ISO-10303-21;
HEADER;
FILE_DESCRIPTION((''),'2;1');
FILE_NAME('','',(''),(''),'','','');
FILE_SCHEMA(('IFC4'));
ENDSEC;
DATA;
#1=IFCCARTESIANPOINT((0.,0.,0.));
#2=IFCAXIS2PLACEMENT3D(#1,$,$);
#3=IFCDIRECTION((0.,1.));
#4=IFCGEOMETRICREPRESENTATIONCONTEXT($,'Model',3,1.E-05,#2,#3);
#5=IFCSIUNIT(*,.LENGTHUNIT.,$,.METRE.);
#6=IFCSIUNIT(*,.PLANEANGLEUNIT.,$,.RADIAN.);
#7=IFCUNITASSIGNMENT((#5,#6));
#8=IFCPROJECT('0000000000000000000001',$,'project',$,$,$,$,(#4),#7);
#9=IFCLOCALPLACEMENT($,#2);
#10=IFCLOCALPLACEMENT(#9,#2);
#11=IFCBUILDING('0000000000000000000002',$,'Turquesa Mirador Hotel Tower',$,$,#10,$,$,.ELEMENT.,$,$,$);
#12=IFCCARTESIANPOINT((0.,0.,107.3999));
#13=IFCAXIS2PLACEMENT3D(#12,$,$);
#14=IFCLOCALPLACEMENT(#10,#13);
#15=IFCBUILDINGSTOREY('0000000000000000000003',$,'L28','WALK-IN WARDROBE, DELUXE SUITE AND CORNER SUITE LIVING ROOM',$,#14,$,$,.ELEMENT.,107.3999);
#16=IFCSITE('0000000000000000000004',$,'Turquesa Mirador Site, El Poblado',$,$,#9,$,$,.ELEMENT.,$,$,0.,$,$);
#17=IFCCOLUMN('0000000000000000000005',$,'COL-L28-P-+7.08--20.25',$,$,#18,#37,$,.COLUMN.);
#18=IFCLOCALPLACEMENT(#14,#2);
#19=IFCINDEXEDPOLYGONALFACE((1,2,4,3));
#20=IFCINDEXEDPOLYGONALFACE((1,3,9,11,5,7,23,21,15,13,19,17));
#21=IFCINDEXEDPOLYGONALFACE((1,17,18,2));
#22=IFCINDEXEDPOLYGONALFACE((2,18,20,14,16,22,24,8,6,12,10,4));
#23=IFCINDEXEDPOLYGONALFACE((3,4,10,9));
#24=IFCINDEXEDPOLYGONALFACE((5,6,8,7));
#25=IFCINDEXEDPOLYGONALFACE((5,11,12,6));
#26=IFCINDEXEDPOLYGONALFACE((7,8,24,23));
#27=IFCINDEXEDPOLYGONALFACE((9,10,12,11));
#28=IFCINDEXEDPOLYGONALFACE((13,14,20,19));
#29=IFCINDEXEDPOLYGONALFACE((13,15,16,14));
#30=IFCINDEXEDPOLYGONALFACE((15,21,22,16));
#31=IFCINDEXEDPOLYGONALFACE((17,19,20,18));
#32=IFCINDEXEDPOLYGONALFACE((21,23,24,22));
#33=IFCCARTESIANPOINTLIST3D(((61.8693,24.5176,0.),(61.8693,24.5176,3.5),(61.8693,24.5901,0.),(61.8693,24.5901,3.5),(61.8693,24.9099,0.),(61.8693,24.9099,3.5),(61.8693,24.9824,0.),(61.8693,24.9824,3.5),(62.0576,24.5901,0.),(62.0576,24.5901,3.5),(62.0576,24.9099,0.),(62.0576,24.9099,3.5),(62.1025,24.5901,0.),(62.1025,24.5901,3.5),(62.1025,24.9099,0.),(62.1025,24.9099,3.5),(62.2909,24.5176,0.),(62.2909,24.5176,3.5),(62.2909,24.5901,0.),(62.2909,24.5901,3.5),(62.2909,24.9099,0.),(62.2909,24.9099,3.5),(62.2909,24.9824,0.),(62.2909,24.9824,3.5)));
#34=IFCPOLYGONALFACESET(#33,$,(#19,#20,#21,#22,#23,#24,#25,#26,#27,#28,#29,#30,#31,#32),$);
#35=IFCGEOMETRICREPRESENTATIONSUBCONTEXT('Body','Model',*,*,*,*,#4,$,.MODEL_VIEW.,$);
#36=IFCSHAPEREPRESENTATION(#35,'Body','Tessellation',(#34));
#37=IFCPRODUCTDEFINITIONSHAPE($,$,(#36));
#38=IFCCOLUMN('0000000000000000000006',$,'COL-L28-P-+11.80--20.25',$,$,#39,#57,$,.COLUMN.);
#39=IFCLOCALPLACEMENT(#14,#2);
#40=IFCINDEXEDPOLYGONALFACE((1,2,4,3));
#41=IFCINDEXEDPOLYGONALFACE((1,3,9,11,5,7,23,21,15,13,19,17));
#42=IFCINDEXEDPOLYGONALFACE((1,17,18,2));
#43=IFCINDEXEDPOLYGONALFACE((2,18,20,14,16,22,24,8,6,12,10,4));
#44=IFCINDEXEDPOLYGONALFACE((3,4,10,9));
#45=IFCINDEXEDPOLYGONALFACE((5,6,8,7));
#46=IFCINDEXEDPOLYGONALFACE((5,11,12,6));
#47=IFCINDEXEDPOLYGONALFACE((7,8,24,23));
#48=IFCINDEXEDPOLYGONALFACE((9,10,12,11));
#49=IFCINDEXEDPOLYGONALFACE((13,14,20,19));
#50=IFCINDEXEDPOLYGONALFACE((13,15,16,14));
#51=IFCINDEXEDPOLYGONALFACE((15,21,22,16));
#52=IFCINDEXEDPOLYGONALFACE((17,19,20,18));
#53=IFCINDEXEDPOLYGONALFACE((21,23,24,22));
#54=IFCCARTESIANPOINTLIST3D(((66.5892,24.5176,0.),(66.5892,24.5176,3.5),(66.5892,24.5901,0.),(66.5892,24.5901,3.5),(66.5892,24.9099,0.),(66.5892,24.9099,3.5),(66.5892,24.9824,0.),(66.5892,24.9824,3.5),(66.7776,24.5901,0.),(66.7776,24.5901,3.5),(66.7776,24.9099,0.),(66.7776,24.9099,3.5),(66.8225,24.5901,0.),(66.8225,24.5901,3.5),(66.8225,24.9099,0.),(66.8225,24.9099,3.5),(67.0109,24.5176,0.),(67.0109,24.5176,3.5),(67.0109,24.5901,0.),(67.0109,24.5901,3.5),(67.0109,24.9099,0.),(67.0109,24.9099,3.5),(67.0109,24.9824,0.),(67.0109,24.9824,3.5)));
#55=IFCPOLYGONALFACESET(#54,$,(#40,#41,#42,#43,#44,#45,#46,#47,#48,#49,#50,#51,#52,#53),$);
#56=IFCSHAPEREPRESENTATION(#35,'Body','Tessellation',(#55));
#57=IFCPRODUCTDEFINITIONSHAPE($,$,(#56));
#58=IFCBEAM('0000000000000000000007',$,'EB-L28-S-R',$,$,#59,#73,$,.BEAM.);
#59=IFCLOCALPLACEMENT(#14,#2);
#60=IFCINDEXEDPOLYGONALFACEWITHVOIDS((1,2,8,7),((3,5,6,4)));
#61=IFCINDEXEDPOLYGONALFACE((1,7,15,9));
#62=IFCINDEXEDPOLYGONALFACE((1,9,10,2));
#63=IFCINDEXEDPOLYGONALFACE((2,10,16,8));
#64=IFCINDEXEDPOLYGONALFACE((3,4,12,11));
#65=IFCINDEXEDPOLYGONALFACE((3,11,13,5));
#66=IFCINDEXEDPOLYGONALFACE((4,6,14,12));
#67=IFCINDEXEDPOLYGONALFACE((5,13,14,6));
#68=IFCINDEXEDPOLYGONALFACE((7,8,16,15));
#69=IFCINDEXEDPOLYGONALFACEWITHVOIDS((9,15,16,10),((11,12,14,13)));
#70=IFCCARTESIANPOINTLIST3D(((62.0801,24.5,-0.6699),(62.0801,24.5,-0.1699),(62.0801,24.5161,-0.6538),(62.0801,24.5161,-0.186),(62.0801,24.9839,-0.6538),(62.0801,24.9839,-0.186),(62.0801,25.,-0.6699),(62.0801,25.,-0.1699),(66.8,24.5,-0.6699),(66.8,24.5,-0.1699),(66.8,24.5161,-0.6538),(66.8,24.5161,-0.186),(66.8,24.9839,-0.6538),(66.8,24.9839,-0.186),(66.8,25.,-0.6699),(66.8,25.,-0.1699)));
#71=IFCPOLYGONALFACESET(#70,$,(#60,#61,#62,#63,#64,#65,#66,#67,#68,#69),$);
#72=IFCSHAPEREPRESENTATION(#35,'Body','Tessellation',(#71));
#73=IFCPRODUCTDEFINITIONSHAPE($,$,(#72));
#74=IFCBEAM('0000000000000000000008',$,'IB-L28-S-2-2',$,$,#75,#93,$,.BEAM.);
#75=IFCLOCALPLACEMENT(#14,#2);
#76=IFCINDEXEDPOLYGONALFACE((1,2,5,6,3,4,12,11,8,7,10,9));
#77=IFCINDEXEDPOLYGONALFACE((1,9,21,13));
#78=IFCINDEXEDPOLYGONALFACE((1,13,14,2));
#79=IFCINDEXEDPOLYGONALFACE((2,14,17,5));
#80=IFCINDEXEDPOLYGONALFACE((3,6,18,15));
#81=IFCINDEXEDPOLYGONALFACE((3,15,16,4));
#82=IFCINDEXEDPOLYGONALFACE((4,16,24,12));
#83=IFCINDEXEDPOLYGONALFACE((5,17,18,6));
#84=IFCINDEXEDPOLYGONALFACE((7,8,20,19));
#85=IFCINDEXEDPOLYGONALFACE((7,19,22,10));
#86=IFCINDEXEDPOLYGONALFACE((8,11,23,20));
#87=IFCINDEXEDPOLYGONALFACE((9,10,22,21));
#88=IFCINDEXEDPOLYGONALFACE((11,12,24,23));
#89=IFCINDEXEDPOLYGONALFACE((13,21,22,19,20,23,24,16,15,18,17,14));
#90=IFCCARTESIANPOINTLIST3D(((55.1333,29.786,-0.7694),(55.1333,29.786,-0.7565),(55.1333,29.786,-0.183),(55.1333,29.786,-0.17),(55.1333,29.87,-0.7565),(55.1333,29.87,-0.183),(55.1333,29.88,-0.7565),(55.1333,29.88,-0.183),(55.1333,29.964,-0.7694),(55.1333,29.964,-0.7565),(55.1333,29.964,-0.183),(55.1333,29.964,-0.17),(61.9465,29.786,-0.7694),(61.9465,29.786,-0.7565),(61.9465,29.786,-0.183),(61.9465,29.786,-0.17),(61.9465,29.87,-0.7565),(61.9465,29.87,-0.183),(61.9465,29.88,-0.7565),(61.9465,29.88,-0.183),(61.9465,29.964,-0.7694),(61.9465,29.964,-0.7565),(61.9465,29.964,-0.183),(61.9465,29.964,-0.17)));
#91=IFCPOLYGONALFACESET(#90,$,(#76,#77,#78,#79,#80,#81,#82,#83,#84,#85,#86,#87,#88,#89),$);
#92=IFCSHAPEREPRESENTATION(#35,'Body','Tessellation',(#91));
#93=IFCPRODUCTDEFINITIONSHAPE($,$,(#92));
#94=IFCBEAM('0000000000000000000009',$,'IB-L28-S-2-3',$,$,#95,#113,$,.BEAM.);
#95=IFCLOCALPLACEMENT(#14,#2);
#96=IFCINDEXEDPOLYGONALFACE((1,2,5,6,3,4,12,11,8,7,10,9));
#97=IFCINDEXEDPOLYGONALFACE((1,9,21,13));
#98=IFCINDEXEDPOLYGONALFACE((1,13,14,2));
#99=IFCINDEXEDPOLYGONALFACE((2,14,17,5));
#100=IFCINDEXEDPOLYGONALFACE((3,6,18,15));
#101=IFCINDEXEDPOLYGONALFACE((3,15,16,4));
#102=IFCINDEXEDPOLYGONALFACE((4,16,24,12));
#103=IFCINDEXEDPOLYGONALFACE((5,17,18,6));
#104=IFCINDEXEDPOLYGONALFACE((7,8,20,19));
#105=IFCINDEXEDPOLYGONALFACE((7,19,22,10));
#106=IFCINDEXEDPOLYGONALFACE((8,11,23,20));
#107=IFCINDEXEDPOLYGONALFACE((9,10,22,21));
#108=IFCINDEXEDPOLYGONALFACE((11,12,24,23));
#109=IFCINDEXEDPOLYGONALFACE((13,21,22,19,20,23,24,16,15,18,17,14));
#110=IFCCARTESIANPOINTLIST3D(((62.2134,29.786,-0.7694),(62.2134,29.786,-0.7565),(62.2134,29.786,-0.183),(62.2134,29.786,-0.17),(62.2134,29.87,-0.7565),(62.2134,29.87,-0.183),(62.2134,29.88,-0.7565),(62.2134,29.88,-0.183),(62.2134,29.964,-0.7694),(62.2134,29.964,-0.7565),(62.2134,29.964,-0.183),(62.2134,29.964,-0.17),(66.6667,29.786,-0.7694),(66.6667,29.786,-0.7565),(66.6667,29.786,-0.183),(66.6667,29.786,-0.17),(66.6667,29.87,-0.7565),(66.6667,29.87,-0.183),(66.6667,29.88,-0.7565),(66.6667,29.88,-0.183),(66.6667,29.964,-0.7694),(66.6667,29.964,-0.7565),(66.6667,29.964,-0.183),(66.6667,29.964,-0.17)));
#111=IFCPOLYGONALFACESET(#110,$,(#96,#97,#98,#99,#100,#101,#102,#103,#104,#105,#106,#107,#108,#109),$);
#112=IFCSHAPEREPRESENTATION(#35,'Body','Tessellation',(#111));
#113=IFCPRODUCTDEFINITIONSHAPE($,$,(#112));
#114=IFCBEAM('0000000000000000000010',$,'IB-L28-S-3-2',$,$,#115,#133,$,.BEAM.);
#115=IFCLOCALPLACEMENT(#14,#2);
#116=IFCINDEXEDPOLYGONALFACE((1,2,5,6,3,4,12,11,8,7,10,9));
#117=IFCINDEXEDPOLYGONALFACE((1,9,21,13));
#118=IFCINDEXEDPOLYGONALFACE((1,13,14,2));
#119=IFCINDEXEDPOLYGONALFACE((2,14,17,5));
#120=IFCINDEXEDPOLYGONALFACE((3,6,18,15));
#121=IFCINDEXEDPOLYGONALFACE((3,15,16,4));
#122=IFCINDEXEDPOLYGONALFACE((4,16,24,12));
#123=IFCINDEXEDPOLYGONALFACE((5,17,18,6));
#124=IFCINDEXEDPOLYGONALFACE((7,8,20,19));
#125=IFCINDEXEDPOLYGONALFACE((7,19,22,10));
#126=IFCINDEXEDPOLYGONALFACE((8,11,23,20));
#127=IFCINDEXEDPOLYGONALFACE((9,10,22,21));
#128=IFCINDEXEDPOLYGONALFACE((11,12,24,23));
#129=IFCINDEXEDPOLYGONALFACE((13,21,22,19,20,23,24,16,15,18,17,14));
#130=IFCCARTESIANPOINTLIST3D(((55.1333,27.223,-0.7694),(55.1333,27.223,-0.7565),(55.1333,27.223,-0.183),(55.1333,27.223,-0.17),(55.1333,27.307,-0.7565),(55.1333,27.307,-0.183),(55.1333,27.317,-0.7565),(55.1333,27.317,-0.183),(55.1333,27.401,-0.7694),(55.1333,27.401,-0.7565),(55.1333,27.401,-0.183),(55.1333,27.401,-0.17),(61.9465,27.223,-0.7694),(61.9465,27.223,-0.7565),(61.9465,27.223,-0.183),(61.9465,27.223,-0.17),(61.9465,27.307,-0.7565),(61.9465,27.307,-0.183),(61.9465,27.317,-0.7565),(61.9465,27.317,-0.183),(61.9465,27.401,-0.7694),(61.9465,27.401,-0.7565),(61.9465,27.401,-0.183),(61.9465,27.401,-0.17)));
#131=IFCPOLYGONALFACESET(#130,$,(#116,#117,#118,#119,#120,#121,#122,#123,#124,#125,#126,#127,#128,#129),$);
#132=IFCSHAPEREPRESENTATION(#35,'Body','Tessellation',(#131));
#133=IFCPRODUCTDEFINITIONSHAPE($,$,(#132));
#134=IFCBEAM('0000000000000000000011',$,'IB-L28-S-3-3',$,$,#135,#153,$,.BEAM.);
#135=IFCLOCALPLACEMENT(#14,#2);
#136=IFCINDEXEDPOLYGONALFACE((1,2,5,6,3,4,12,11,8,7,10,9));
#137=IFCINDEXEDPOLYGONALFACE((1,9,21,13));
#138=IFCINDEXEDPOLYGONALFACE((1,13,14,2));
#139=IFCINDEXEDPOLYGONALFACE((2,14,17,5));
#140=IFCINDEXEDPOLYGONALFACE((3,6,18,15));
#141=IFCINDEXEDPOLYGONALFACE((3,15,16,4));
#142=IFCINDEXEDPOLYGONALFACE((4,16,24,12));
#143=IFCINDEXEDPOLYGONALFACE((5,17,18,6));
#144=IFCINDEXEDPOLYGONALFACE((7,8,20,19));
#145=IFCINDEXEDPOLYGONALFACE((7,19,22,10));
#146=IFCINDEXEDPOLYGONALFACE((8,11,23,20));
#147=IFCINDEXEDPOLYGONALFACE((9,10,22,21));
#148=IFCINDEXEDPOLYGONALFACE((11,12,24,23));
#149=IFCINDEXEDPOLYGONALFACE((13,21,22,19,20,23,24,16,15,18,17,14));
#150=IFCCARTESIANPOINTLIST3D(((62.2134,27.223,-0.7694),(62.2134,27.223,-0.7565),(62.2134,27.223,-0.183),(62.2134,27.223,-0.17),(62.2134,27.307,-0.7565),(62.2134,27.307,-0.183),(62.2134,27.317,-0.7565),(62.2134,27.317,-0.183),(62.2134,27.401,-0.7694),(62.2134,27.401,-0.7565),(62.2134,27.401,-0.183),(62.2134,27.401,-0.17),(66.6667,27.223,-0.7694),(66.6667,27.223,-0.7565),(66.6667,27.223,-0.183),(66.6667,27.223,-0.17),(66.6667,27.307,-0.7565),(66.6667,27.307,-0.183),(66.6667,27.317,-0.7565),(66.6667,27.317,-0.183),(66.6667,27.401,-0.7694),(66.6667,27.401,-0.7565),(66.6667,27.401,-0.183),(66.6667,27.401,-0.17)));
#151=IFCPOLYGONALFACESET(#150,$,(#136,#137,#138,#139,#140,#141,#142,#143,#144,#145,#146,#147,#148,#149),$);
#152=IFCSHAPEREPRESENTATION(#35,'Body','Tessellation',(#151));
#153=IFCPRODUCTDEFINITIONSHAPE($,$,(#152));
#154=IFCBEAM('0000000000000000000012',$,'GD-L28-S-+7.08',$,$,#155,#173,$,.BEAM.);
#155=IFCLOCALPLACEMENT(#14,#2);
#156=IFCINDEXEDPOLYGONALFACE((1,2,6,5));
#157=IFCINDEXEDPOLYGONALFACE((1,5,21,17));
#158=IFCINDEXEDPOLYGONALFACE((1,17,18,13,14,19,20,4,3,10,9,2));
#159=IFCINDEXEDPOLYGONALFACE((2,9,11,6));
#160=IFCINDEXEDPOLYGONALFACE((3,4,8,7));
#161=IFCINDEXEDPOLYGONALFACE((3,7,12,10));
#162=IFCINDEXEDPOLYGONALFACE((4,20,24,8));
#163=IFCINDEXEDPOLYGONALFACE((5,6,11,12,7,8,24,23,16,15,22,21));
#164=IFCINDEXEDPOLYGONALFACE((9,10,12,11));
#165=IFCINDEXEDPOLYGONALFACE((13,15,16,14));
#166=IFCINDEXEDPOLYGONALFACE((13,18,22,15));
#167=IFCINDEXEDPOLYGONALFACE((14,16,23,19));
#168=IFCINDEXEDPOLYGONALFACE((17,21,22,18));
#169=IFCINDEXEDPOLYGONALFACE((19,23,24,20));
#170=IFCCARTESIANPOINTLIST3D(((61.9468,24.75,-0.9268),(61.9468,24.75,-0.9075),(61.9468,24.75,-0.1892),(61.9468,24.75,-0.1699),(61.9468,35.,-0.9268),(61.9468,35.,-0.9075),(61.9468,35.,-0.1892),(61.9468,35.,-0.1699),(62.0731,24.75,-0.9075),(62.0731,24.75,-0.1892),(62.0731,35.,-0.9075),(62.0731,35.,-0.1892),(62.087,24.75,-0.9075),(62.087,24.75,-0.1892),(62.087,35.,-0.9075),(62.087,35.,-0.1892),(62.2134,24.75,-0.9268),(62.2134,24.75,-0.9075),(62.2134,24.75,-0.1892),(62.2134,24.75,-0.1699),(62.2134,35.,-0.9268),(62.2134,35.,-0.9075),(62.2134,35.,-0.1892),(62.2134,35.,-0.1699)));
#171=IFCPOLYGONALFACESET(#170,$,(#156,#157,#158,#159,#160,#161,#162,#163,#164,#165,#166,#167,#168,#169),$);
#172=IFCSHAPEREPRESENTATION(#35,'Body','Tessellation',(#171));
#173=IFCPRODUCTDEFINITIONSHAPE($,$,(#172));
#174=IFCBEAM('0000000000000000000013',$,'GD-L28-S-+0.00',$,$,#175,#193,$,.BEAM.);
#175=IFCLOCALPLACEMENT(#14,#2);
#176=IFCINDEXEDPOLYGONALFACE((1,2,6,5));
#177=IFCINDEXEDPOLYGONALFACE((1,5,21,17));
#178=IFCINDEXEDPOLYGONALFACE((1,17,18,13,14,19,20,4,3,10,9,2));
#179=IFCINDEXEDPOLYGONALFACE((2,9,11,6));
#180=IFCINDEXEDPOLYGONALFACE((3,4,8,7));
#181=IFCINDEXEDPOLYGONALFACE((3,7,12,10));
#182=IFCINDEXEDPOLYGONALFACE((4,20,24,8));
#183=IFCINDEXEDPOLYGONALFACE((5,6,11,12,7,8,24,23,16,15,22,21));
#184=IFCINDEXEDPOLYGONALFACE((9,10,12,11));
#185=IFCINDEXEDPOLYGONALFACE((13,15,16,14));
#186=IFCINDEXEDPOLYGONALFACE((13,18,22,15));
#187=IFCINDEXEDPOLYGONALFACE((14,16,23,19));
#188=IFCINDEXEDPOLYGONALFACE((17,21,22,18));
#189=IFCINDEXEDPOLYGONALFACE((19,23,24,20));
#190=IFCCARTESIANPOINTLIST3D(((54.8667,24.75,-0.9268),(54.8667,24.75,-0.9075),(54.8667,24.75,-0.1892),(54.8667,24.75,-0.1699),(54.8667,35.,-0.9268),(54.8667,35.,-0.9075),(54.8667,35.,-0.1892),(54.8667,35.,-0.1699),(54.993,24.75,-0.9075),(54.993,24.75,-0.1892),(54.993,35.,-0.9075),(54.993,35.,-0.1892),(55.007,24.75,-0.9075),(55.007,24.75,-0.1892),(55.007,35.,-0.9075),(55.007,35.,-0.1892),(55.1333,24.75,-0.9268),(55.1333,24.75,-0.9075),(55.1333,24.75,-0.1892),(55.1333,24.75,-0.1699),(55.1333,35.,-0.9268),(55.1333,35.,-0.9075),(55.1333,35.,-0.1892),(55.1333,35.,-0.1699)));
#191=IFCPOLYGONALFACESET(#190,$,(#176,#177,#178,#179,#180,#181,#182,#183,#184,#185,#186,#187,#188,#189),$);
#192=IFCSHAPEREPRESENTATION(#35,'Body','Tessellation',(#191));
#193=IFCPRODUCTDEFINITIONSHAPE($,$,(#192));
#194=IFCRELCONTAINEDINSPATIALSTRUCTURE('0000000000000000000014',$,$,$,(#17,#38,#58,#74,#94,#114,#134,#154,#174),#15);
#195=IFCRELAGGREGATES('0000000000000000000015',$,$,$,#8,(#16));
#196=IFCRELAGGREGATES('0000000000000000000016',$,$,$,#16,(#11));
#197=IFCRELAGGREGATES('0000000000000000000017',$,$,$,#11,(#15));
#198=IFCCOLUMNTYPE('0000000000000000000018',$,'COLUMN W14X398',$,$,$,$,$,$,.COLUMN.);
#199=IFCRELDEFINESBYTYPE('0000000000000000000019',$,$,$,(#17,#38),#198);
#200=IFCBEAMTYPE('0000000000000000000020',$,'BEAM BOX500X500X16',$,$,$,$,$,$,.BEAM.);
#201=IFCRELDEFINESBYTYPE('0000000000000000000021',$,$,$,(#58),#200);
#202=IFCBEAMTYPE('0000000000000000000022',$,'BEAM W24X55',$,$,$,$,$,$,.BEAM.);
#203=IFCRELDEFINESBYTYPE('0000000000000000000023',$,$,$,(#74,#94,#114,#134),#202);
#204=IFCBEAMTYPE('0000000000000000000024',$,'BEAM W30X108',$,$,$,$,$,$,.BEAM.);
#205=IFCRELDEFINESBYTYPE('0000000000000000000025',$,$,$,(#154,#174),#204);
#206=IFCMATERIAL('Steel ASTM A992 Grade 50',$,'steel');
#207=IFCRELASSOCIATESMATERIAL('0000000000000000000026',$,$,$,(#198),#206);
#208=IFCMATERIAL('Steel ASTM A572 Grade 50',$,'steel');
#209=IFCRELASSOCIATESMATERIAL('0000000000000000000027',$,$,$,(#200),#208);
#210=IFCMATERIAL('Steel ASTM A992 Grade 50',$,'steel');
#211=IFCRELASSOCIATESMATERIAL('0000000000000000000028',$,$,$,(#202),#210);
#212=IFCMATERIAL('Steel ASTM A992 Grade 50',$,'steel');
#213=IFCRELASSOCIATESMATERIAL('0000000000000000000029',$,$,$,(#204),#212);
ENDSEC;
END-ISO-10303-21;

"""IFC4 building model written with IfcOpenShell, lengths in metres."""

from ifc_helpers import new_model, si_unit, direction, frame, origin, origin_2d, place, context, subcontext, project, spatial, hollow_rectangle, i_section, extrude, material, material_profile, profile_set, type_object, element, save


model = new_model("IFC4")

# Units and contexts
model_context = context("Model", 3, precision=1e-05, world=origin(), true_north=direction((0.0, 1.0)))
body_context = subcontext(model_context, "Body", "Model", "MODEL_VIEW")
ifc_project = project(units=[si_unit("LENGTHUNIT", "METRE"), si_unit("PLANEANGLEUNIT", "RADIAN")], contexts=[model_context])

# Site, building, storey
site_placement = place(None, origin())
site = spatial("IfcSite", under=ifc_project, at=site_placement, Name="Turquesa Mirador Site, El Poblado", CompositionType="ELEMENT", RefElevation=0.0)
building_placement = place(site_placement, origin())
building = spatial("IfcBuilding", under=site, at=building_placement, Name="Turquesa Mirador Hotel Tower", CompositionType="ELEMENT")
storey_placement = place(building_placement, frame((0.0, 0.0, 107.3999)))
storey = spatial("IfcBuildingStorey", under=building, at=storey_placement, Name="L28", Description="WALK-IN WARDROBE, DELUXE SUITE AND CORNER SUITE LIVING ROOM", CompositionType="ELEMENT", Elevation=107.3999)

# Columns
ifc_material_1 = material(Name="Steel ASTM A992 Grade 50", Category="steel")
ifc_material_profile_1 = material_profile(ifc_material_1, i_section(OverallWidth=0.4216, OverallDepth=0.4648, WebThickness=0.0449, FlangeThickness=0.0725, at=origin_2d()), Name="W14X398")
ifc_profile_set_1 = profile_set([ifc_material_profile_1], Name="Steel ASTM A992 Grade 50")
column_type = type_object("IfcColumnType", Name="COLUMN W14X398", PredefinedType="COLUMN", material=ifc_profile_set_1)
for number, where, z_axis, x_axis, name in (
    (1, (62.0801, 24.75, 0.0), (0.0, 0.0, 1.0), (1.0, 0.0, 0.0), "COL-L28-P-+7.08--20.25"),
    (2, (66.8, 24.75, 0.0), (0.0, 0.0, 1.0), (1.0, 0.0, 0.0), "COL-L28-P-+11.80--20.25"),
):
    element("IfcColumn", number, at=place(storey_placement, frame(where, z_axis=z_axis, x_axis=x_axis)), inside=storey, type_object=column_type, Name=name, PredefinedType="COLUMN", context=body_context, shape_type="SweptSolid", body=[
        extrude(i_section(OverallWidth=0.4216, OverallDepth=0.4648, WebThickness=0.0449, FlangeThickness=0.0725, at=origin_2d()), origin(), (0.0, 0.0, 1.0), 3.5),
    ])

# Beams
ifc_material_2 = material(Name="Steel ASTM A572 Grade 50", Category="steel")
ifc_material_profile_2 = material_profile(ifc_material_2, hollow_rectangle(XDim=0.5, YDim=0.5, WallThickness=0.0161, at=origin_2d()), Name="BOX500X500X16")
ifc_profile_set_2 = profile_set([ifc_material_profile_2], Name="Steel ASTM A572 Grade 50")
beam_type_1 = type_object("IfcBeamType", Name="BEAM BOX500X500X16", PredefinedType="BEAM", material=ifc_profile_set_2)
beam_1_placement = place(storey_placement, frame((62.0801, 24.75, -0.4199), z_axis=(1.0, 0.0, 0.0), x_axis=(0.0, 1.0, 0.0)))
element("IfcBeam", 3, at=beam_1_placement, inside=storey, type_object=beam_type_1, Name="EB-L28-S-R", PredefinedType="BEAM", context=body_context, shape_type="SweptSolid", body=[
    extrude(hollow_rectangle(XDim=0.5, YDim=0.5, WallThickness=0.0161, at=origin_2d()), origin(), (0.0, 0.0, 1.0), 4.72),
])
ifc_material_3 = material(Name="Steel ASTM A992 Grade 50", Category="steel")
ifc_material_profile_3 = material_profile(ifc_material_3, i_section(OverallWidth=0.178, OverallDepth=0.5994, WebThickness=0.01, FlangeThickness=0.0129, at=origin_2d()), Name="W24X55")
ifc_profile_set_3 = profile_set([ifc_material_profile_3], Name="Steel ASTM A992 Grade 50")
beam_type_2 = type_object("IfcBeamType", Name="BEAM W24X55", PredefinedType="BEAM", material=ifc_profile_set_3)
beam_2_placement = place(storey_placement, frame((55.1333, 29.875, -0.4697), z_axis=(1.0, 0.0, 0.0), x_axis=(0.0, 1.0, 0.0)))
element("IfcBeam", 4, at=beam_2_placement, inside=storey, type_object=beam_type_2, Name="IB-L28-S-2-2", PredefinedType="BEAM", context=body_context, shape_type="SweptSolid", body=[
    extrude(i_section(OverallWidth=0.178, OverallDepth=0.5994, WebThickness=0.01, FlangeThickness=0.0129, at=origin_2d()), origin(), (0.0, 0.0, 1.0), 6.8132),
])
beam_3_placement = place(storey_placement, frame((62.2134, 29.875, -0.4697), z_axis=(1.0, 0.0, 0.0), x_axis=(0.0, 1.0, 0.0)))
element("IfcBeam", 5, at=beam_3_placement, inside=storey, type_object=beam_type_2, Name="IB-L28-S-2-3", PredefinedType="BEAM", context=body_context, shape_type="SweptSolid", body=[
    extrude(i_section(OverallWidth=0.178, OverallDepth=0.5994, WebThickness=0.01, FlangeThickness=0.0129, at=origin_2d()), origin(), (0.0, 0.0, 1.0), 4.4534),
])
beam_4_placement = place(storey_placement, frame((55.1333, 27.312, -0.4697), z_axis=(1.0, 0.0, 0.0), x_axis=(0.0, 1.0, 0.0)))
element("IfcBeam", 6, at=beam_4_placement, inside=storey, type_object=beam_type_2, Name="IB-L28-S-3-2", PredefinedType="BEAM", context=body_context, shape_type="SweptSolid", body=[
    extrude(i_section(OverallWidth=0.178, OverallDepth=0.5994, WebThickness=0.01, FlangeThickness=0.0129, at=origin_2d()), origin(), (0.0, 0.0, 1.0), 6.8132),
])
beam_5_placement = place(storey_placement, frame((62.2134, 27.312, -0.4697), z_axis=(1.0, 0.0, 0.0), x_axis=(0.0, 1.0, 0.0)))
element("IfcBeam", 7, at=beam_5_placement, inside=storey, type_object=beam_type_2, Name="IB-L28-S-3-3", PredefinedType="BEAM", context=body_context, shape_type="SweptSolid", body=[
    extrude(i_section(OverallWidth=0.178, OverallDepth=0.5994, WebThickness=0.01, FlangeThickness=0.0129, at=origin_2d()), origin(), (0.0, 0.0, 1.0), 4.4534),
])
ifc_material_4 = material(Name="Steel ASTM A992 Grade 50", Category="steel")
ifc_material_profile_4 = material_profile(ifc_material_4, i_section(OverallWidth=0.2666, OverallDepth=0.7568, WebThickness=0.0139, FlangeThickness=0.0193, at=origin_2d()), Name="W30X108")
ifc_profile_set_4 = profile_set([ifc_material_profile_4], Name="Steel ASTM A992 Grade 50")
beam_type_3 = type_object("IfcBeamType", Name="BEAM W30X108", PredefinedType="BEAM", material=ifc_profile_set_4)
for number, where, z_axis, x_axis, name in (
    (8, (62.0801, 24.75, -0.5483), (0.0, 1.0, 0.0), (-1.0, 0.0, 0.0), "GD-L28-S-+7.08"),
    (9, (55.0, 24.75, -0.5483), (0.0, 1.0, 0.0), (-1.0, 0.0, 0.0), "GD-L28-S-+0.00"),
):
    element("IfcBeam", number, at=place(storey_placement, frame(where, z_axis=z_axis, x_axis=x_axis)), inside=storey, type_object=beam_type_3, Name=name, PredefinedType="BEAM", context=body_context, shape_type="SweptSolid", body=[
        extrude(i_section(OverallWidth=0.2666, OverallDepth=0.7568, WebThickness=0.0139, FlangeThickness=0.0193, at=origin_2d()), origin(), (0.0, 0.0, 1.0), 10.25),
    ])

save(model, "model.ifc")
